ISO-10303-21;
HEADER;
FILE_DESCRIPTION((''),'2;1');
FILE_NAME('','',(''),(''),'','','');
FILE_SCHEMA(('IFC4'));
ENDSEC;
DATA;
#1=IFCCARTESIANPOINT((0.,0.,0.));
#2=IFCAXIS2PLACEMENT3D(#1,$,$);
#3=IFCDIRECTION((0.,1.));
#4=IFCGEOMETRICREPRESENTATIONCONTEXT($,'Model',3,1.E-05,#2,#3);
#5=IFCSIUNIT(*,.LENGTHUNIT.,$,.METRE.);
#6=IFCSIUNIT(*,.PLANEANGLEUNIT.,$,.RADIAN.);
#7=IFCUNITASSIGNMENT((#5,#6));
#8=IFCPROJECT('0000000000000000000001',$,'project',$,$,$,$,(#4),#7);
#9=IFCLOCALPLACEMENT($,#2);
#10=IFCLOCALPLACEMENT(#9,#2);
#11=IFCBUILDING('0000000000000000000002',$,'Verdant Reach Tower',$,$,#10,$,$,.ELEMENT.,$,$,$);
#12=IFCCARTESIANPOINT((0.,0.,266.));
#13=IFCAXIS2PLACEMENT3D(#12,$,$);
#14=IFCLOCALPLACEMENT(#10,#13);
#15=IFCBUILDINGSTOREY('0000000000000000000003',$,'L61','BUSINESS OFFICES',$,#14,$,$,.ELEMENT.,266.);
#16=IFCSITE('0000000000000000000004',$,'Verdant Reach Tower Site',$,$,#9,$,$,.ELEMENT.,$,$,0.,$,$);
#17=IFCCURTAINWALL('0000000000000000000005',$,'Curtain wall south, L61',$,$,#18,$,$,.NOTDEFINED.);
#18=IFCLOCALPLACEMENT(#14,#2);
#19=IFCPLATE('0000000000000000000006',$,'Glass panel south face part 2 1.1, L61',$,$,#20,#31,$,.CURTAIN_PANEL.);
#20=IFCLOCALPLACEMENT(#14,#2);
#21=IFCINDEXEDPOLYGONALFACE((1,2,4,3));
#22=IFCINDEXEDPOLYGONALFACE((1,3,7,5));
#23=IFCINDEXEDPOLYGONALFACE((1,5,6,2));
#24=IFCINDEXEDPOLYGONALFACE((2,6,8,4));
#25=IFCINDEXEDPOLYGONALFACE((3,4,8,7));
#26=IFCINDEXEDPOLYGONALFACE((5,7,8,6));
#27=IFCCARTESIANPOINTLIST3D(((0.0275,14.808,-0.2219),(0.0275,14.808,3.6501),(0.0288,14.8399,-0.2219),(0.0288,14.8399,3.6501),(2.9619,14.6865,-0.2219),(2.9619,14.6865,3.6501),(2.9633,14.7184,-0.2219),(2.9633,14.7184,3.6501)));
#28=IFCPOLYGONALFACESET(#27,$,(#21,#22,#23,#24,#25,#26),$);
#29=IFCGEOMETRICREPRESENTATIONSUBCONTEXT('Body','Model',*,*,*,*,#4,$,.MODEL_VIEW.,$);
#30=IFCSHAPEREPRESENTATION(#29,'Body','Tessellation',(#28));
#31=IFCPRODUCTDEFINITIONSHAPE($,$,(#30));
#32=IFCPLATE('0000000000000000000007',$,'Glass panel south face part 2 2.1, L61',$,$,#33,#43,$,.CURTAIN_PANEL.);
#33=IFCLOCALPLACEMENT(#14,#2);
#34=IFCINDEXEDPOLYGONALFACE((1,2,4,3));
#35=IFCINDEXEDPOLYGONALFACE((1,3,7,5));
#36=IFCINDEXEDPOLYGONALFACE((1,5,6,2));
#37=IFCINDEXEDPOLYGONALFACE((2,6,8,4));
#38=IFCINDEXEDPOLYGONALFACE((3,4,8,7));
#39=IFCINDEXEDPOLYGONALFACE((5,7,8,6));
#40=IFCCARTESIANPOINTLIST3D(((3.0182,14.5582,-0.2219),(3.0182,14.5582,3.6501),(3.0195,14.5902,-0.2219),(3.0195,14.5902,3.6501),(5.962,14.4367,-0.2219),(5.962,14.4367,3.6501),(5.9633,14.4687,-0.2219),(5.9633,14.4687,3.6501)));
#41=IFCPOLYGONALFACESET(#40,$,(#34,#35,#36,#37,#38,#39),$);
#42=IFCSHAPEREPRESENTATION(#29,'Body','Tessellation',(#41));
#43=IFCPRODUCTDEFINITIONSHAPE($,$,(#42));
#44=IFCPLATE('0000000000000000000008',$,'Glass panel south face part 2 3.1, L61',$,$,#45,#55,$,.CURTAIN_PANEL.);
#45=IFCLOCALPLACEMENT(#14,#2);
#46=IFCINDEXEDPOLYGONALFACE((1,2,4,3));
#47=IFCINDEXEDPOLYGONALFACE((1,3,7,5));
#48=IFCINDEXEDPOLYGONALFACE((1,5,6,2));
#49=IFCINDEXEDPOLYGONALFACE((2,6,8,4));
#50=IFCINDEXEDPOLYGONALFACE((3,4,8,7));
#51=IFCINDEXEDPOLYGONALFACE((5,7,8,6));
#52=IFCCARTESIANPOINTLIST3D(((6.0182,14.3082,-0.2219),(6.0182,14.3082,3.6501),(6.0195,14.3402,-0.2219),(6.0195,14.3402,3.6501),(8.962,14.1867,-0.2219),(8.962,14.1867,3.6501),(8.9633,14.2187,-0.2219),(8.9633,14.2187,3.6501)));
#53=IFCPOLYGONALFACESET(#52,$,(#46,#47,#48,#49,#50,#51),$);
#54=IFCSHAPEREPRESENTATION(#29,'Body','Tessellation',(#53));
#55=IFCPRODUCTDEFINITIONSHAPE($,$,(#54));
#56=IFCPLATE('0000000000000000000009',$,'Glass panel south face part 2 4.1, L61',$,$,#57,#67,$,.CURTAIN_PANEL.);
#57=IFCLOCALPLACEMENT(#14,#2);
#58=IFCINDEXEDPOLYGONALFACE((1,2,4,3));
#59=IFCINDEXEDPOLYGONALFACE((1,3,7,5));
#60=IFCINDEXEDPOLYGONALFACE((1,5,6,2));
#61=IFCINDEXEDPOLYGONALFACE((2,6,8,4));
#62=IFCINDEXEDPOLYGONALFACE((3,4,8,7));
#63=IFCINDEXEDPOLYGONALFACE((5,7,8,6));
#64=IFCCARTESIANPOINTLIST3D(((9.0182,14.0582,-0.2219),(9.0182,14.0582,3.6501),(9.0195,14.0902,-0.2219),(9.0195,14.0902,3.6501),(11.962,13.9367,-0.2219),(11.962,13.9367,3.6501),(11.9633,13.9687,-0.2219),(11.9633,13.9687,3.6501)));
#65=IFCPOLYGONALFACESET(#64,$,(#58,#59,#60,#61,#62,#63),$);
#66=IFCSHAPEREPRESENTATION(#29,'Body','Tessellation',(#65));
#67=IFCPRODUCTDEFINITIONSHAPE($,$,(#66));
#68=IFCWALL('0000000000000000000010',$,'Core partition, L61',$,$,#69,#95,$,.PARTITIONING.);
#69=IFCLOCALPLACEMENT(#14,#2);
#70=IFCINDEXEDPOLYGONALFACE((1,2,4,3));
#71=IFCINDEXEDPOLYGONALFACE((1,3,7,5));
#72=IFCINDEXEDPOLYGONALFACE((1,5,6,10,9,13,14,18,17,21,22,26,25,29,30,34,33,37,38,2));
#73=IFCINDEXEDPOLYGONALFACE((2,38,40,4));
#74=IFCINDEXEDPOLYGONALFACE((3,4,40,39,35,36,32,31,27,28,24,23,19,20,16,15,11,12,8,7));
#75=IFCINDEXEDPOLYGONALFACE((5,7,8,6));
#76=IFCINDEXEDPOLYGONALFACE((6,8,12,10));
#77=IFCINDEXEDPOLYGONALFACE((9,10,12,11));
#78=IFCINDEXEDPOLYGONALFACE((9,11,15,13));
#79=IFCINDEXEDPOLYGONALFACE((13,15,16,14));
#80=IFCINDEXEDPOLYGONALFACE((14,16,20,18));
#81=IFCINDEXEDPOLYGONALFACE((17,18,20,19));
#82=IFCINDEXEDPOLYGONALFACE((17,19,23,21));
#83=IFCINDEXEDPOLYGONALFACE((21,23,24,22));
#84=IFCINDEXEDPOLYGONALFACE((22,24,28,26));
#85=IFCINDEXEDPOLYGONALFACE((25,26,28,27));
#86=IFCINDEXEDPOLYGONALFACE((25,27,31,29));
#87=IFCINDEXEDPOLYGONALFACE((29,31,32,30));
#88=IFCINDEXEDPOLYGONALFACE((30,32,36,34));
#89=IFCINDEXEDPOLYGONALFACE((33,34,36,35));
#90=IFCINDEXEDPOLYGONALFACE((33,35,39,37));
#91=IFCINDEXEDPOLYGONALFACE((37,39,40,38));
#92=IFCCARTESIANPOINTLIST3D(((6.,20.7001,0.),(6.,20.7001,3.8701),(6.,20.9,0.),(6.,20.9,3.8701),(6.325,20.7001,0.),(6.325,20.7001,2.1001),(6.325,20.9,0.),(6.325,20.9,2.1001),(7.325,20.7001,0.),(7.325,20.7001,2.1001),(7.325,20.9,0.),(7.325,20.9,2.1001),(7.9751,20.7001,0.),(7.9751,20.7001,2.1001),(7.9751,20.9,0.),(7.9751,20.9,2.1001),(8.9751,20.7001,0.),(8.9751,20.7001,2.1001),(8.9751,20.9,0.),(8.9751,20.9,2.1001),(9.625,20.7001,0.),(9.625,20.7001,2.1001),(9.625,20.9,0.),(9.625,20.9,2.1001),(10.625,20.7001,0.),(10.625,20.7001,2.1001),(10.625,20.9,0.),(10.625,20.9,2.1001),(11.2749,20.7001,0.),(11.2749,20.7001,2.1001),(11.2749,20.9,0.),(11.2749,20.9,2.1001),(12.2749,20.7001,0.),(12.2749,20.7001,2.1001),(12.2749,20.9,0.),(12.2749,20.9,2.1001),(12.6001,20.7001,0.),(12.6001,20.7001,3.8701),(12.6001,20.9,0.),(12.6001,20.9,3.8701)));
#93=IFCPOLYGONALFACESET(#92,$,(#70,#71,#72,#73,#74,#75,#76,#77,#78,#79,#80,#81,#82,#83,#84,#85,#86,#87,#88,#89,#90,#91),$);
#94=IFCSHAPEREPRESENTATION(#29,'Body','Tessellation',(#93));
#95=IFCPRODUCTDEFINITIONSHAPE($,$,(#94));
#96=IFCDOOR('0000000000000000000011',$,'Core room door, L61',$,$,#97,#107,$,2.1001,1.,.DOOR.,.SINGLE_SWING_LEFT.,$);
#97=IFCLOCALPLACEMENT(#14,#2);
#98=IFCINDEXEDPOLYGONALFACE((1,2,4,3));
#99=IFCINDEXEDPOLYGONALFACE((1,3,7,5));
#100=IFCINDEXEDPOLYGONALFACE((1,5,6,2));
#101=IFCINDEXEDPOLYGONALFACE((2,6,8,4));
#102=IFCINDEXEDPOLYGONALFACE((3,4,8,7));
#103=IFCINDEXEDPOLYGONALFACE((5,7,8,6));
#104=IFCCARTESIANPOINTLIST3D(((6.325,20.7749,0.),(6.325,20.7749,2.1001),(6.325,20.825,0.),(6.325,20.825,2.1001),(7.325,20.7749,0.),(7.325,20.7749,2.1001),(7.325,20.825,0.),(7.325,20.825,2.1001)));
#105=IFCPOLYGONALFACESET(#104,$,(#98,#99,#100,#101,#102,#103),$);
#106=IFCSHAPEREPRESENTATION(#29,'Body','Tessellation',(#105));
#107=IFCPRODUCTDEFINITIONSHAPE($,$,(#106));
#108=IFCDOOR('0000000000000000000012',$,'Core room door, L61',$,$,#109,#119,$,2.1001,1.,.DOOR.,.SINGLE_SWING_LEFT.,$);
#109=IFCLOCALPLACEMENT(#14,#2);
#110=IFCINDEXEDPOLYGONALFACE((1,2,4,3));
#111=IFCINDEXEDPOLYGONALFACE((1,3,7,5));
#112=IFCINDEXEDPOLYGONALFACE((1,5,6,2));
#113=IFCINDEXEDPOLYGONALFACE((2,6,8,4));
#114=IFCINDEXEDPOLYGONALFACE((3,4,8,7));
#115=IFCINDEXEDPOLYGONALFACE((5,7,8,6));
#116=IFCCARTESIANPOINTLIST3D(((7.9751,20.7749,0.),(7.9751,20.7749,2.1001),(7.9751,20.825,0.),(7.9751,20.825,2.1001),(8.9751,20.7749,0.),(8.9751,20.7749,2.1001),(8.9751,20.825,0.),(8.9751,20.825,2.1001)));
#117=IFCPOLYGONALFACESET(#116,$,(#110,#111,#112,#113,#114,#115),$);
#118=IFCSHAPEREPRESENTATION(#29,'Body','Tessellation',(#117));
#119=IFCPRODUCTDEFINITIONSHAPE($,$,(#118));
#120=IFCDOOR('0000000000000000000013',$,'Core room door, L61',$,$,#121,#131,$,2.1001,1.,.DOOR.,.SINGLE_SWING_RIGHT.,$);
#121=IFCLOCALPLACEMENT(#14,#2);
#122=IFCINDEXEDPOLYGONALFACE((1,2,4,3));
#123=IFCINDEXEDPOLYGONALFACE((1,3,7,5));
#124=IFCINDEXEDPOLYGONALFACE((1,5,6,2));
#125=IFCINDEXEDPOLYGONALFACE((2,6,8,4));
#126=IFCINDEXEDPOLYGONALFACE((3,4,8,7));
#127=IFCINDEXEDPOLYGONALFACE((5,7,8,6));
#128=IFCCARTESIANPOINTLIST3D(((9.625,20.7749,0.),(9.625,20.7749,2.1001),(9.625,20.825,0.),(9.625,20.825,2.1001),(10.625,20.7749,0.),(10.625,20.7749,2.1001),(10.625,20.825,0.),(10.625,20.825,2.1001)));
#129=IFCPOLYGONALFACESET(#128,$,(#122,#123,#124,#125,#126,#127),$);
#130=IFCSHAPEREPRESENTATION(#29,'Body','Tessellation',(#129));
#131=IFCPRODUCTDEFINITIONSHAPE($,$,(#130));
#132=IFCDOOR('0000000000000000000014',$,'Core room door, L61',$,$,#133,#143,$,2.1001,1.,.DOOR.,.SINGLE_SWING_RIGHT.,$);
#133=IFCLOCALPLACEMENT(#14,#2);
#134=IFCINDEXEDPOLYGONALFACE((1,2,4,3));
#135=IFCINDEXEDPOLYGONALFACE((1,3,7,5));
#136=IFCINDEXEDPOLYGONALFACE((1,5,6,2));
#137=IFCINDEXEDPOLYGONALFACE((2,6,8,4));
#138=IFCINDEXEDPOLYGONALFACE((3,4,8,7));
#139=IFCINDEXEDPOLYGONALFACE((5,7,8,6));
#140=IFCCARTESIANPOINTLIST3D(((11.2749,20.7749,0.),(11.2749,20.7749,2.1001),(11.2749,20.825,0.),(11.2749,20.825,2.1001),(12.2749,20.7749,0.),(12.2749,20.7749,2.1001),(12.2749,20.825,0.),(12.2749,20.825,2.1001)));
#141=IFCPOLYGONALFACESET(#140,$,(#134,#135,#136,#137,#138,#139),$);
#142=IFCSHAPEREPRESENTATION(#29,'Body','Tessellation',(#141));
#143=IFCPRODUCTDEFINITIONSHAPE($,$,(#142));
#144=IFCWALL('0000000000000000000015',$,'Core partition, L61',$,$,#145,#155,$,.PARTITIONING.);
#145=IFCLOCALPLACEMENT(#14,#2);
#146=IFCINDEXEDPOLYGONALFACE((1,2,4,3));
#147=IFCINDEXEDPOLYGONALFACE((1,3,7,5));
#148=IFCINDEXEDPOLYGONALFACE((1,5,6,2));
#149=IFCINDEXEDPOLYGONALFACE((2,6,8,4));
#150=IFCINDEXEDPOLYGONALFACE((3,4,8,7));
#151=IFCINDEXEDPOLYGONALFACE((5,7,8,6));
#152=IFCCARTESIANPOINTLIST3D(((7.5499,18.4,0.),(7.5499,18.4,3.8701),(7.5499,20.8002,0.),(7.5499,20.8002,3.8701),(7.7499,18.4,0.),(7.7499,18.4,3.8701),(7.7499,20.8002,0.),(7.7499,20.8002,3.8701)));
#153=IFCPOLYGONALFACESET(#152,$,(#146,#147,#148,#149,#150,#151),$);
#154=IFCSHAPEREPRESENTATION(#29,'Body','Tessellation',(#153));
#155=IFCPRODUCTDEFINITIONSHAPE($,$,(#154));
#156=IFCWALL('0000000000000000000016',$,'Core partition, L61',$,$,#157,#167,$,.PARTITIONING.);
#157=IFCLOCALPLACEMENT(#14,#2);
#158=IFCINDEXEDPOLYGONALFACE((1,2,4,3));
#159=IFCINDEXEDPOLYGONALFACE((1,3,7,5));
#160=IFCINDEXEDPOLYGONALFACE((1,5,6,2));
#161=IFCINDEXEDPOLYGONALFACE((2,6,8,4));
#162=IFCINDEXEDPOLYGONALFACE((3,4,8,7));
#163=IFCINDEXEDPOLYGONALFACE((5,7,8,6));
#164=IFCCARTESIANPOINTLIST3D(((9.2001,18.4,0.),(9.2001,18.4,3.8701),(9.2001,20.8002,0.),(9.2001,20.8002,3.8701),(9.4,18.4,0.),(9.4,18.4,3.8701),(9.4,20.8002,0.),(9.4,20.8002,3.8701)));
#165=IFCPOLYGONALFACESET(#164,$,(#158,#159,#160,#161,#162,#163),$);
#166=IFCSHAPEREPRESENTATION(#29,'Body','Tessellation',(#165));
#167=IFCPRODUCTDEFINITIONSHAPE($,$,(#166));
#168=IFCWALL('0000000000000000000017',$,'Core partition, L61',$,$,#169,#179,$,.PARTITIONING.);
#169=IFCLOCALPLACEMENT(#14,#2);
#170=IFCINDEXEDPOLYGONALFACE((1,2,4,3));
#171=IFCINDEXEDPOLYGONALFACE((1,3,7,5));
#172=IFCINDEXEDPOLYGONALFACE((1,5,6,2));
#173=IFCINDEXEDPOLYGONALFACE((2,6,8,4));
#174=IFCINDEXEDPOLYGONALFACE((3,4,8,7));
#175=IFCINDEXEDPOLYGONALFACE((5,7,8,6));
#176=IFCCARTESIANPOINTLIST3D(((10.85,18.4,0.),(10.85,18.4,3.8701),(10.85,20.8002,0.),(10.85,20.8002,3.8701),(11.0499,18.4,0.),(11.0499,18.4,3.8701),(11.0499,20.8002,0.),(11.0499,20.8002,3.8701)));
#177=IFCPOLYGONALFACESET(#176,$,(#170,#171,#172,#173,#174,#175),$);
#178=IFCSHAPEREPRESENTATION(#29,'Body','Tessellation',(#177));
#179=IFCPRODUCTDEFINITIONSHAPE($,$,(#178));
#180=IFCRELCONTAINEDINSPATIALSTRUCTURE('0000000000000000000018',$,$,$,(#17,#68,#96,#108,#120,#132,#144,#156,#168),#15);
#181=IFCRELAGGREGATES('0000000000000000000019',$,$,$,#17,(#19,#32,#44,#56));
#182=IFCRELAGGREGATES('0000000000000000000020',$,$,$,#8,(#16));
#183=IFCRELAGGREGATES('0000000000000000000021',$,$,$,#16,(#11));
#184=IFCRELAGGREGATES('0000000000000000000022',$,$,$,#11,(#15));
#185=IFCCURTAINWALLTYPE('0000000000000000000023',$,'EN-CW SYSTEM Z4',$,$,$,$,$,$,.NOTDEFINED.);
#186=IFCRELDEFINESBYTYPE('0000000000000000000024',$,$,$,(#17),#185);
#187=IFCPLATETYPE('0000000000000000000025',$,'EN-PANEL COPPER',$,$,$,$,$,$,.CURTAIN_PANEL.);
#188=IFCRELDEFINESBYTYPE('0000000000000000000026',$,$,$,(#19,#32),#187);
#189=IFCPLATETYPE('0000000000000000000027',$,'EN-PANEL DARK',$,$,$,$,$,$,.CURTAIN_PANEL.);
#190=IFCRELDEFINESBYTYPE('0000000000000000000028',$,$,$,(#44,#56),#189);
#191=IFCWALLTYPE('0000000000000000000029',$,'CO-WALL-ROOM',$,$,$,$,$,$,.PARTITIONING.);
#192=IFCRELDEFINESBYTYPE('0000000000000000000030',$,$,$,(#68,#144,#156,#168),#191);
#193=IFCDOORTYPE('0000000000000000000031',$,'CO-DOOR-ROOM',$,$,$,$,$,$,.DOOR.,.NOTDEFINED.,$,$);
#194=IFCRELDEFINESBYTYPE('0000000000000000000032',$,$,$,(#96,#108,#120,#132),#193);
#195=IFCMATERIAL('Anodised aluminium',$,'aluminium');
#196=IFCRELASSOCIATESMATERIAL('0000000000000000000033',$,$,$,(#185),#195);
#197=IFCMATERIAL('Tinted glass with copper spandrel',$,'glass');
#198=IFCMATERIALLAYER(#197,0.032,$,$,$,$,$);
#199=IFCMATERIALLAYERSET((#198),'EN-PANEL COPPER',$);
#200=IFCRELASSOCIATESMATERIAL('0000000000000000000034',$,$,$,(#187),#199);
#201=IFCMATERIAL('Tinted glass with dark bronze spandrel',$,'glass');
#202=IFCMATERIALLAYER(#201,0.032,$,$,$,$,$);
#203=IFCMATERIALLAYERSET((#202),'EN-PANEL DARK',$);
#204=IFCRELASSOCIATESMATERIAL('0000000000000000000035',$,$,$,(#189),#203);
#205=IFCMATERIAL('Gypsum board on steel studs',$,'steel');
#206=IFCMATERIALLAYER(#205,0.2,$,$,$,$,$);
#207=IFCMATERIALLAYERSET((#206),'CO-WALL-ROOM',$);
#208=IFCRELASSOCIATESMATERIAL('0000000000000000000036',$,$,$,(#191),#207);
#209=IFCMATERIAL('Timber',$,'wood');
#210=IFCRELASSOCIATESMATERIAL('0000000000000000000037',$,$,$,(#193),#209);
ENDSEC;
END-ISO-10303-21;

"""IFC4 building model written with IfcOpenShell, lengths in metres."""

from ifc_helpers import new_model, si_unit, direction, frame, frame_2d, origin, origin_2d, place, context, subcontext, project, spatial, rectangle, extrude, material, layer, layer_set, type_object, element, fill, aggregate, save


model = new_model("IFC4")

# Units and contexts
model_context = context("Model", 3, precision=1e-05, world=origin(), true_north=direction((0.0, 1.0)))
body_context = subcontext(model_context, "Body", "Model", "MODEL_VIEW")
ifc_project = project(units=[si_unit("LENGTHUNIT", "METRE"), si_unit("PLANEANGLEUNIT", "RADIAN")], contexts=[model_context])

# Site, building, storey
site_placement = place(None, origin())
site = spatial("IfcSite", under=ifc_project, at=site_placement, Name="Verdant Reach Tower Site", CompositionType="ELEMENT", RefElevation=0.0)
building_placement = place(site_placement, origin())
building = spatial("IfcBuilding", under=site, at=building_placement, Name="Verdant Reach Tower", CompositionType="ELEMENT")
storey_placement = place(building_placement, frame((0.0, 0.0, 266.0)))
storey = spatial("IfcBuildingStorey", under=building, at=storey_placement, Name="L61", Description="BUSINESS OFFICES", CompositionType="ELEMENT", Elevation=266.0)

# Curtain wall
ifc_material_1 = material(Name="Anodised aluminium", Category="aluminium")
curtain_wall_type = type_object("IfcCurtainWallType", Name="EN-CW SYSTEM Z4", PredefinedType="NOTDEFINED", material=ifc_material_1)
curtain_wall_placement = place(storey_placement, origin())
curtain_wall = element("IfcCurtainWall", 1, at=curtain_wall_placement, inside=storey, type_object=curtain_wall_type, Name="Curtain wall south, L61", PredefinedType="NOTDEFINED")

# Plates
ifc_material_2 = material(Name="Tinted glass with copper spandrel", Category="glass")
ifc_layer_1 = layer(ifc_material_2, 0.032)
ifc_layer_set_1 = layer_set([ifc_layer_1], Name="EN-PANEL COPPER")
plate_type_1 = type_object("IfcPlateType", Name="EN-PANEL COPPER", PredefinedType="CURTAIN_PANEL", material=ifc_layer_set_1)
plate_1_placement = place(storey_placement, frame((1.4954, 14.7632, -0.2219), z_axis=(0.0, 0.0, 1.0), x_axis=(0.999144, -0.04137, 0.0)))
plate_1 = element("IfcPlate", 2, at=plate_1_placement, type_object=plate_type_1, Name="Glass panel south face part 2 1.1, L61", PredefinedType="CURTAIN_PANEL", context=body_context, shape_type="SweptSolid", body=[
    extrude(rectangle(XDim=2.937, YDim=0.032, at=origin_2d()), origin(), (0.0, 0.0, 1.0), 3.8721),
])
plate_2_placement = place(storey_placement, frame((4.4907, 14.5134, -0.2219), z_axis=(0.0, 0.0, 1.0), x_axis=(0.999149, -0.041242, 0.0)))
plate_2 = element("IfcPlate", 3, at=plate_2_placement, type_object=plate_type_1, Name="Glass panel south face part 2 2.1, L61", PredefinedType="CURTAIN_PANEL", context=body_context, shape_type="SweptSolid", body=[
    extrude(rectangle(XDim=2.9463, YDim=0.032, at=origin_2d()), origin(), (0.0, 0.0, 1.0), 3.8721),
])
ifc_material_3 = material(Name="Tinted glass with dark bronze spandrel", Category="glass")
ifc_layer_2 = layer(ifc_material_3, 0.032)
ifc_layer_set_2 = layer_set([ifc_layer_2], Name="EN-PANEL DARK")
plate_type_2 = type_object("IfcPlateType", Name="EN-PANEL DARK", PredefinedType="CURTAIN_PANEL", material=ifc_layer_set_2)
plate_3_placement = place(storey_placement, frame((7.4907, 14.2634, -0.2219), z_axis=(0.0, 0.0, 1.0), x_axis=(0.999149, -0.041242, 0.0)))
plate_3 = element("IfcPlate", 4, at=plate_3_placement, type_object=plate_type_2, Name="Glass panel south face part 2 3.1, L61", PredefinedType="CURTAIN_PANEL", context=body_context, shape_type="SweptSolid", body=[
    extrude(rectangle(XDim=2.9463, YDim=0.032, at=origin_2d()), origin(), (0.0, 0.0, 1.0), 3.8721),
])
plate_4_placement = place(storey_placement, frame((10.4907, 14.0134, -0.2219), z_axis=(0.0, 0.0, 1.0), x_axis=(0.999149, -0.041242, 0.0)))
plate_4 = element("IfcPlate", 5, at=plate_4_placement, type_object=plate_type_2, Name="Glass panel south face part 2 4.1, L61", PredefinedType="CURTAIN_PANEL", context=body_context, shape_type="SweptSolid", body=[
    extrude(rectangle(XDim=2.9463, YDim=0.032, at=origin_2d()), origin(), (0.0, 0.0, 1.0), 3.8721),
])
aggregate(curtain_wall, [plate_1, plate_2, plate_3, plate_4])

# Wall, openings, doors
ifc_material_4 = material(Name="Gypsum board on steel studs", Category="steel")
ifc_layer_3 = layer(ifc_material_4, 0.2)
ifc_layer_set_3 = layer_set([ifc_layer_3], Name="CO-WALL-ROOM")
wall_type_1 = type_object("IfcWallType", Name="CO-WALL-ROOM", PredefinedType="PARTITIONING", material=ifc_layer_set_3)
wall_1_placement = place(storey_placement, frame((6.0, 20.8, 0.0), z_axis=(0.0, 0.0, 1.0), x_axis=(1.0, 0.0, 0.0)))
wall_1 = element("IfcWall", 6, at=wall_1_placement, inside=storey, type_object=wall_type_1, Name="Core partition, L61", PredefinedType="PARTITIONING", context=body_context, shape_type="SweptSolid", body=[
    extrude(rectangle(XDim=6.6001, YDim=0.2, at=frame_2d((3.3, 0.0))), origin(), (0.0, 0.0, 1.0), 3.8701),
])
opening_1_placement = place(wall_1_placement, frame((0.325, 0.0, 0.0)))
opening_1 = element("IfcOpeningElement", 7, at=opening_1_placement, cuts=wall_1, PredefinedType="OPENING", context=body_context, shape_type="SweptSolid", body=[
    extrude(rectangle(XDim=1.0, YDim=2.1001, at=frame_2d((0.5, 1.05))), frame((0.0, 0.1099, 0.0), z_axis=(0.0, -1.0, 0.0), x_axis=(1.0, 0.0, 0.0)), (0.0, 0.0, 1.0), 0.22),
])
opening_2_placement = place(wall_1_placement, frame((1.9751, 0.0, 0.0)))
opening_2 = element("IfcOpeningElement", 8, at=opening_2_placement, cuts=wall_1, PredefinedType="OPENING", context=body_context, shape_type="SweptSolid", body=[
    extrude(rectangle(XDim=1.0, YDim=2.1001, at=frame_2d((0.5, 1.05))), frame((0.0, 0.1099, 0.0), z_axis=(0.0, -1.0, 0.0), x_axis=(1.0, 0.0, 0.0)), (0.0, 0.0, 1.0), 0.22),
])
opening_3_placement = place(wall_1_placement, frame((3.625, 0.0, 0.0)))
opening_3 = element("IfcOpeningElement", 9, at=opening_3_placement, cuts=wall_1, PredefinedType="OPENING", context=body_context, shape_type="SweptSolid", body=[
    extrude(rectangle(XDim=1.0, YDim=2.1001, at=frame_2d((0.5, 1.05))), frame((0.0, 0.1099, 0.0), z_axis=(0.0, -1.0, 0.0), x_axis=(1.0, 0.0, 0.0)), (0.0, 0.0, 1.0), 0.22),
])
opening_4_placement = place(wall_1_placement, frame((5.2749, 0.0, 0.0)))
opening_4 = element("IfcOpeningElement", 10, at=opening_4_placement, cuts=wall_1, PredefinedType="OPENING", context=body_context, shape_type="SweptSolid", body=[
    extrude(rectangle(XDim=1.0, YDim=2.1001, at=frame_2d((0.5, 1.05))), frame((0.0, 0.1099, 0.0), z_axis=(0.0, -1.0, 0.0), x_axis=(1.0, 0.0, 0.0)), (0.0, 0.0, 1.0), 0.22),
])
ifc_material_5 = material(Name="Timber", Category="wood")
door_type_1 = type_object("IfcDoorType", Name="CO-DOOR-ROOM", OperationType="NOTDEFINED", PredefinedType="DOOR", material=ifc_material_5)
door_1_placement = place(opening_1_placement, origin())
door_1 = element("IfcDoor", 11, at=door_1_placement, inside=storey, type_object=door_type_1, Name="Core room door, L61", OperationType="SINGLE_SWING_LEFT", OverallHeight=2.1001, OverallWidth=1.0, PredefinedType="DOOR", context=body_context, shape_type="SweptSolid", body=[
    extrude(rectangle(XDim=1.0, YDim=2.1001, at=frame_2d((0.5, 1.05))), frame((0.0, 0.0249, 0.0), z_axis=(0.0, -1.0, 0.0), x_axis=(1.0, 0.0, 0.0)), (0.0, 0.0, 1.0), 0.05),
])
fill(opening_1, door_1)
door_2_placement = place(opening_2_placement, origin())
door_2 = element("IfcDoor", 12, at=door_2_placement, inside=storey, type_object=door_type_1, Name="Core room door, L61", OperationType="SINGLE_SWING_LEFT", OverallHeight=2.1001, OverallWidth=1.0, PredefinedType="DOOR", context=body_context, shape_type="SweptSolid", body=[
    extrude(rectangle(XDim=1.0, YDim=2.1001, at=frame_2d((0.5, 1.05))), frame((0.0, 0.0249, 0.0), z_axis=(0.0, -1.0, 0.0), x_axis=(1.0, 0.0, 0.0)), (0.0, 0.0, 1.0), 0.05),
])
fill(opening_2, door_2)
door_3_placement = place(opening_3_placement, origin())
door_3 = element("IfcDoor", 13, at=door_3_placement, inside=storey, type_object=door_type_1, Name="Core room door, L61", OperationType="SINGLE_SWING_RIGHT", OverallHeight=2.1001, OverallWidth=1.0, PredefinedType="DOOR", context=body_context, shape_type="SweptSolid", body=[
    extrude(rectangle(XDim=1.0, YDim=2.1001, at=frame_2d((0.5, 1.05))), frame((0.0, 0.0249, 0.0), z_axis=(0.0, -1.0, 0.0), x_axis=(1.0, 0.0, 0.0)), (0.0, 0.0, 1.0), 0.05),
])
fill(opening_3, door_3)
door_4_placement = place(opening_4_placement, origin())
door_4 = element("IfcDoor", 14, at=door_4_placement, inside=storey, type_object=door_type_1, Name="Core room door, L61", OperationType="SINGLE_SWING_RIGHT", OverallHeight=2.1001, OverallWidth=1.0, PredefinedType="DOOR", context=body_context, shape_type="SweptSolid", body=[
    extrude(rectangle(XDim=1.0, YDim=2.1001, at=frame_2d((0.5, 1.05))), frame((0.0, 0.0249, 0.0), z_axis=(0.0, -1.0, 0.0), x_axis=(1.0, 0.0, 0.0)), (0.0, 0.0, 1.0), 0.05),
])
fill(opening_4, door_4)

# Walls
for number, where, z_axis, x_axis, name in (
    (15, (7.6499, 18.3999, 0.0), (0.0, 0.0, 1.0), (0.0, 1.0, 0.0), "Core partition, L61"),
    (16, (9.3, 18.3999, 0.0), (0.0, 0.0, 1.0), (0.0, 1.0, 0.0), "Core partition, L61"),
    (17, (10.95, 18.3999, 0.0), (0.0, 0.0, 1.0), (0.0, 1.0, 0.0), "Core partition, L61"),
):
    element("IfcWall", number, at=place(storey_placement, frame(where, z_axis=z_axis, x_axis=x_axis)), inside=storey, type_object=wall_type_1, Name=name, PredefinedType="PARTITIONING", context=body_context, shape_type="SweptSolid", body=[
        extrude(rectangle(XDim=2.4001, YDim=0.2, at=frame_2d((1.2002, 0.0))), origin(), (0.0, 0.0, 1.0), 3.8701),
    ])

save(model, "model.ifc")
